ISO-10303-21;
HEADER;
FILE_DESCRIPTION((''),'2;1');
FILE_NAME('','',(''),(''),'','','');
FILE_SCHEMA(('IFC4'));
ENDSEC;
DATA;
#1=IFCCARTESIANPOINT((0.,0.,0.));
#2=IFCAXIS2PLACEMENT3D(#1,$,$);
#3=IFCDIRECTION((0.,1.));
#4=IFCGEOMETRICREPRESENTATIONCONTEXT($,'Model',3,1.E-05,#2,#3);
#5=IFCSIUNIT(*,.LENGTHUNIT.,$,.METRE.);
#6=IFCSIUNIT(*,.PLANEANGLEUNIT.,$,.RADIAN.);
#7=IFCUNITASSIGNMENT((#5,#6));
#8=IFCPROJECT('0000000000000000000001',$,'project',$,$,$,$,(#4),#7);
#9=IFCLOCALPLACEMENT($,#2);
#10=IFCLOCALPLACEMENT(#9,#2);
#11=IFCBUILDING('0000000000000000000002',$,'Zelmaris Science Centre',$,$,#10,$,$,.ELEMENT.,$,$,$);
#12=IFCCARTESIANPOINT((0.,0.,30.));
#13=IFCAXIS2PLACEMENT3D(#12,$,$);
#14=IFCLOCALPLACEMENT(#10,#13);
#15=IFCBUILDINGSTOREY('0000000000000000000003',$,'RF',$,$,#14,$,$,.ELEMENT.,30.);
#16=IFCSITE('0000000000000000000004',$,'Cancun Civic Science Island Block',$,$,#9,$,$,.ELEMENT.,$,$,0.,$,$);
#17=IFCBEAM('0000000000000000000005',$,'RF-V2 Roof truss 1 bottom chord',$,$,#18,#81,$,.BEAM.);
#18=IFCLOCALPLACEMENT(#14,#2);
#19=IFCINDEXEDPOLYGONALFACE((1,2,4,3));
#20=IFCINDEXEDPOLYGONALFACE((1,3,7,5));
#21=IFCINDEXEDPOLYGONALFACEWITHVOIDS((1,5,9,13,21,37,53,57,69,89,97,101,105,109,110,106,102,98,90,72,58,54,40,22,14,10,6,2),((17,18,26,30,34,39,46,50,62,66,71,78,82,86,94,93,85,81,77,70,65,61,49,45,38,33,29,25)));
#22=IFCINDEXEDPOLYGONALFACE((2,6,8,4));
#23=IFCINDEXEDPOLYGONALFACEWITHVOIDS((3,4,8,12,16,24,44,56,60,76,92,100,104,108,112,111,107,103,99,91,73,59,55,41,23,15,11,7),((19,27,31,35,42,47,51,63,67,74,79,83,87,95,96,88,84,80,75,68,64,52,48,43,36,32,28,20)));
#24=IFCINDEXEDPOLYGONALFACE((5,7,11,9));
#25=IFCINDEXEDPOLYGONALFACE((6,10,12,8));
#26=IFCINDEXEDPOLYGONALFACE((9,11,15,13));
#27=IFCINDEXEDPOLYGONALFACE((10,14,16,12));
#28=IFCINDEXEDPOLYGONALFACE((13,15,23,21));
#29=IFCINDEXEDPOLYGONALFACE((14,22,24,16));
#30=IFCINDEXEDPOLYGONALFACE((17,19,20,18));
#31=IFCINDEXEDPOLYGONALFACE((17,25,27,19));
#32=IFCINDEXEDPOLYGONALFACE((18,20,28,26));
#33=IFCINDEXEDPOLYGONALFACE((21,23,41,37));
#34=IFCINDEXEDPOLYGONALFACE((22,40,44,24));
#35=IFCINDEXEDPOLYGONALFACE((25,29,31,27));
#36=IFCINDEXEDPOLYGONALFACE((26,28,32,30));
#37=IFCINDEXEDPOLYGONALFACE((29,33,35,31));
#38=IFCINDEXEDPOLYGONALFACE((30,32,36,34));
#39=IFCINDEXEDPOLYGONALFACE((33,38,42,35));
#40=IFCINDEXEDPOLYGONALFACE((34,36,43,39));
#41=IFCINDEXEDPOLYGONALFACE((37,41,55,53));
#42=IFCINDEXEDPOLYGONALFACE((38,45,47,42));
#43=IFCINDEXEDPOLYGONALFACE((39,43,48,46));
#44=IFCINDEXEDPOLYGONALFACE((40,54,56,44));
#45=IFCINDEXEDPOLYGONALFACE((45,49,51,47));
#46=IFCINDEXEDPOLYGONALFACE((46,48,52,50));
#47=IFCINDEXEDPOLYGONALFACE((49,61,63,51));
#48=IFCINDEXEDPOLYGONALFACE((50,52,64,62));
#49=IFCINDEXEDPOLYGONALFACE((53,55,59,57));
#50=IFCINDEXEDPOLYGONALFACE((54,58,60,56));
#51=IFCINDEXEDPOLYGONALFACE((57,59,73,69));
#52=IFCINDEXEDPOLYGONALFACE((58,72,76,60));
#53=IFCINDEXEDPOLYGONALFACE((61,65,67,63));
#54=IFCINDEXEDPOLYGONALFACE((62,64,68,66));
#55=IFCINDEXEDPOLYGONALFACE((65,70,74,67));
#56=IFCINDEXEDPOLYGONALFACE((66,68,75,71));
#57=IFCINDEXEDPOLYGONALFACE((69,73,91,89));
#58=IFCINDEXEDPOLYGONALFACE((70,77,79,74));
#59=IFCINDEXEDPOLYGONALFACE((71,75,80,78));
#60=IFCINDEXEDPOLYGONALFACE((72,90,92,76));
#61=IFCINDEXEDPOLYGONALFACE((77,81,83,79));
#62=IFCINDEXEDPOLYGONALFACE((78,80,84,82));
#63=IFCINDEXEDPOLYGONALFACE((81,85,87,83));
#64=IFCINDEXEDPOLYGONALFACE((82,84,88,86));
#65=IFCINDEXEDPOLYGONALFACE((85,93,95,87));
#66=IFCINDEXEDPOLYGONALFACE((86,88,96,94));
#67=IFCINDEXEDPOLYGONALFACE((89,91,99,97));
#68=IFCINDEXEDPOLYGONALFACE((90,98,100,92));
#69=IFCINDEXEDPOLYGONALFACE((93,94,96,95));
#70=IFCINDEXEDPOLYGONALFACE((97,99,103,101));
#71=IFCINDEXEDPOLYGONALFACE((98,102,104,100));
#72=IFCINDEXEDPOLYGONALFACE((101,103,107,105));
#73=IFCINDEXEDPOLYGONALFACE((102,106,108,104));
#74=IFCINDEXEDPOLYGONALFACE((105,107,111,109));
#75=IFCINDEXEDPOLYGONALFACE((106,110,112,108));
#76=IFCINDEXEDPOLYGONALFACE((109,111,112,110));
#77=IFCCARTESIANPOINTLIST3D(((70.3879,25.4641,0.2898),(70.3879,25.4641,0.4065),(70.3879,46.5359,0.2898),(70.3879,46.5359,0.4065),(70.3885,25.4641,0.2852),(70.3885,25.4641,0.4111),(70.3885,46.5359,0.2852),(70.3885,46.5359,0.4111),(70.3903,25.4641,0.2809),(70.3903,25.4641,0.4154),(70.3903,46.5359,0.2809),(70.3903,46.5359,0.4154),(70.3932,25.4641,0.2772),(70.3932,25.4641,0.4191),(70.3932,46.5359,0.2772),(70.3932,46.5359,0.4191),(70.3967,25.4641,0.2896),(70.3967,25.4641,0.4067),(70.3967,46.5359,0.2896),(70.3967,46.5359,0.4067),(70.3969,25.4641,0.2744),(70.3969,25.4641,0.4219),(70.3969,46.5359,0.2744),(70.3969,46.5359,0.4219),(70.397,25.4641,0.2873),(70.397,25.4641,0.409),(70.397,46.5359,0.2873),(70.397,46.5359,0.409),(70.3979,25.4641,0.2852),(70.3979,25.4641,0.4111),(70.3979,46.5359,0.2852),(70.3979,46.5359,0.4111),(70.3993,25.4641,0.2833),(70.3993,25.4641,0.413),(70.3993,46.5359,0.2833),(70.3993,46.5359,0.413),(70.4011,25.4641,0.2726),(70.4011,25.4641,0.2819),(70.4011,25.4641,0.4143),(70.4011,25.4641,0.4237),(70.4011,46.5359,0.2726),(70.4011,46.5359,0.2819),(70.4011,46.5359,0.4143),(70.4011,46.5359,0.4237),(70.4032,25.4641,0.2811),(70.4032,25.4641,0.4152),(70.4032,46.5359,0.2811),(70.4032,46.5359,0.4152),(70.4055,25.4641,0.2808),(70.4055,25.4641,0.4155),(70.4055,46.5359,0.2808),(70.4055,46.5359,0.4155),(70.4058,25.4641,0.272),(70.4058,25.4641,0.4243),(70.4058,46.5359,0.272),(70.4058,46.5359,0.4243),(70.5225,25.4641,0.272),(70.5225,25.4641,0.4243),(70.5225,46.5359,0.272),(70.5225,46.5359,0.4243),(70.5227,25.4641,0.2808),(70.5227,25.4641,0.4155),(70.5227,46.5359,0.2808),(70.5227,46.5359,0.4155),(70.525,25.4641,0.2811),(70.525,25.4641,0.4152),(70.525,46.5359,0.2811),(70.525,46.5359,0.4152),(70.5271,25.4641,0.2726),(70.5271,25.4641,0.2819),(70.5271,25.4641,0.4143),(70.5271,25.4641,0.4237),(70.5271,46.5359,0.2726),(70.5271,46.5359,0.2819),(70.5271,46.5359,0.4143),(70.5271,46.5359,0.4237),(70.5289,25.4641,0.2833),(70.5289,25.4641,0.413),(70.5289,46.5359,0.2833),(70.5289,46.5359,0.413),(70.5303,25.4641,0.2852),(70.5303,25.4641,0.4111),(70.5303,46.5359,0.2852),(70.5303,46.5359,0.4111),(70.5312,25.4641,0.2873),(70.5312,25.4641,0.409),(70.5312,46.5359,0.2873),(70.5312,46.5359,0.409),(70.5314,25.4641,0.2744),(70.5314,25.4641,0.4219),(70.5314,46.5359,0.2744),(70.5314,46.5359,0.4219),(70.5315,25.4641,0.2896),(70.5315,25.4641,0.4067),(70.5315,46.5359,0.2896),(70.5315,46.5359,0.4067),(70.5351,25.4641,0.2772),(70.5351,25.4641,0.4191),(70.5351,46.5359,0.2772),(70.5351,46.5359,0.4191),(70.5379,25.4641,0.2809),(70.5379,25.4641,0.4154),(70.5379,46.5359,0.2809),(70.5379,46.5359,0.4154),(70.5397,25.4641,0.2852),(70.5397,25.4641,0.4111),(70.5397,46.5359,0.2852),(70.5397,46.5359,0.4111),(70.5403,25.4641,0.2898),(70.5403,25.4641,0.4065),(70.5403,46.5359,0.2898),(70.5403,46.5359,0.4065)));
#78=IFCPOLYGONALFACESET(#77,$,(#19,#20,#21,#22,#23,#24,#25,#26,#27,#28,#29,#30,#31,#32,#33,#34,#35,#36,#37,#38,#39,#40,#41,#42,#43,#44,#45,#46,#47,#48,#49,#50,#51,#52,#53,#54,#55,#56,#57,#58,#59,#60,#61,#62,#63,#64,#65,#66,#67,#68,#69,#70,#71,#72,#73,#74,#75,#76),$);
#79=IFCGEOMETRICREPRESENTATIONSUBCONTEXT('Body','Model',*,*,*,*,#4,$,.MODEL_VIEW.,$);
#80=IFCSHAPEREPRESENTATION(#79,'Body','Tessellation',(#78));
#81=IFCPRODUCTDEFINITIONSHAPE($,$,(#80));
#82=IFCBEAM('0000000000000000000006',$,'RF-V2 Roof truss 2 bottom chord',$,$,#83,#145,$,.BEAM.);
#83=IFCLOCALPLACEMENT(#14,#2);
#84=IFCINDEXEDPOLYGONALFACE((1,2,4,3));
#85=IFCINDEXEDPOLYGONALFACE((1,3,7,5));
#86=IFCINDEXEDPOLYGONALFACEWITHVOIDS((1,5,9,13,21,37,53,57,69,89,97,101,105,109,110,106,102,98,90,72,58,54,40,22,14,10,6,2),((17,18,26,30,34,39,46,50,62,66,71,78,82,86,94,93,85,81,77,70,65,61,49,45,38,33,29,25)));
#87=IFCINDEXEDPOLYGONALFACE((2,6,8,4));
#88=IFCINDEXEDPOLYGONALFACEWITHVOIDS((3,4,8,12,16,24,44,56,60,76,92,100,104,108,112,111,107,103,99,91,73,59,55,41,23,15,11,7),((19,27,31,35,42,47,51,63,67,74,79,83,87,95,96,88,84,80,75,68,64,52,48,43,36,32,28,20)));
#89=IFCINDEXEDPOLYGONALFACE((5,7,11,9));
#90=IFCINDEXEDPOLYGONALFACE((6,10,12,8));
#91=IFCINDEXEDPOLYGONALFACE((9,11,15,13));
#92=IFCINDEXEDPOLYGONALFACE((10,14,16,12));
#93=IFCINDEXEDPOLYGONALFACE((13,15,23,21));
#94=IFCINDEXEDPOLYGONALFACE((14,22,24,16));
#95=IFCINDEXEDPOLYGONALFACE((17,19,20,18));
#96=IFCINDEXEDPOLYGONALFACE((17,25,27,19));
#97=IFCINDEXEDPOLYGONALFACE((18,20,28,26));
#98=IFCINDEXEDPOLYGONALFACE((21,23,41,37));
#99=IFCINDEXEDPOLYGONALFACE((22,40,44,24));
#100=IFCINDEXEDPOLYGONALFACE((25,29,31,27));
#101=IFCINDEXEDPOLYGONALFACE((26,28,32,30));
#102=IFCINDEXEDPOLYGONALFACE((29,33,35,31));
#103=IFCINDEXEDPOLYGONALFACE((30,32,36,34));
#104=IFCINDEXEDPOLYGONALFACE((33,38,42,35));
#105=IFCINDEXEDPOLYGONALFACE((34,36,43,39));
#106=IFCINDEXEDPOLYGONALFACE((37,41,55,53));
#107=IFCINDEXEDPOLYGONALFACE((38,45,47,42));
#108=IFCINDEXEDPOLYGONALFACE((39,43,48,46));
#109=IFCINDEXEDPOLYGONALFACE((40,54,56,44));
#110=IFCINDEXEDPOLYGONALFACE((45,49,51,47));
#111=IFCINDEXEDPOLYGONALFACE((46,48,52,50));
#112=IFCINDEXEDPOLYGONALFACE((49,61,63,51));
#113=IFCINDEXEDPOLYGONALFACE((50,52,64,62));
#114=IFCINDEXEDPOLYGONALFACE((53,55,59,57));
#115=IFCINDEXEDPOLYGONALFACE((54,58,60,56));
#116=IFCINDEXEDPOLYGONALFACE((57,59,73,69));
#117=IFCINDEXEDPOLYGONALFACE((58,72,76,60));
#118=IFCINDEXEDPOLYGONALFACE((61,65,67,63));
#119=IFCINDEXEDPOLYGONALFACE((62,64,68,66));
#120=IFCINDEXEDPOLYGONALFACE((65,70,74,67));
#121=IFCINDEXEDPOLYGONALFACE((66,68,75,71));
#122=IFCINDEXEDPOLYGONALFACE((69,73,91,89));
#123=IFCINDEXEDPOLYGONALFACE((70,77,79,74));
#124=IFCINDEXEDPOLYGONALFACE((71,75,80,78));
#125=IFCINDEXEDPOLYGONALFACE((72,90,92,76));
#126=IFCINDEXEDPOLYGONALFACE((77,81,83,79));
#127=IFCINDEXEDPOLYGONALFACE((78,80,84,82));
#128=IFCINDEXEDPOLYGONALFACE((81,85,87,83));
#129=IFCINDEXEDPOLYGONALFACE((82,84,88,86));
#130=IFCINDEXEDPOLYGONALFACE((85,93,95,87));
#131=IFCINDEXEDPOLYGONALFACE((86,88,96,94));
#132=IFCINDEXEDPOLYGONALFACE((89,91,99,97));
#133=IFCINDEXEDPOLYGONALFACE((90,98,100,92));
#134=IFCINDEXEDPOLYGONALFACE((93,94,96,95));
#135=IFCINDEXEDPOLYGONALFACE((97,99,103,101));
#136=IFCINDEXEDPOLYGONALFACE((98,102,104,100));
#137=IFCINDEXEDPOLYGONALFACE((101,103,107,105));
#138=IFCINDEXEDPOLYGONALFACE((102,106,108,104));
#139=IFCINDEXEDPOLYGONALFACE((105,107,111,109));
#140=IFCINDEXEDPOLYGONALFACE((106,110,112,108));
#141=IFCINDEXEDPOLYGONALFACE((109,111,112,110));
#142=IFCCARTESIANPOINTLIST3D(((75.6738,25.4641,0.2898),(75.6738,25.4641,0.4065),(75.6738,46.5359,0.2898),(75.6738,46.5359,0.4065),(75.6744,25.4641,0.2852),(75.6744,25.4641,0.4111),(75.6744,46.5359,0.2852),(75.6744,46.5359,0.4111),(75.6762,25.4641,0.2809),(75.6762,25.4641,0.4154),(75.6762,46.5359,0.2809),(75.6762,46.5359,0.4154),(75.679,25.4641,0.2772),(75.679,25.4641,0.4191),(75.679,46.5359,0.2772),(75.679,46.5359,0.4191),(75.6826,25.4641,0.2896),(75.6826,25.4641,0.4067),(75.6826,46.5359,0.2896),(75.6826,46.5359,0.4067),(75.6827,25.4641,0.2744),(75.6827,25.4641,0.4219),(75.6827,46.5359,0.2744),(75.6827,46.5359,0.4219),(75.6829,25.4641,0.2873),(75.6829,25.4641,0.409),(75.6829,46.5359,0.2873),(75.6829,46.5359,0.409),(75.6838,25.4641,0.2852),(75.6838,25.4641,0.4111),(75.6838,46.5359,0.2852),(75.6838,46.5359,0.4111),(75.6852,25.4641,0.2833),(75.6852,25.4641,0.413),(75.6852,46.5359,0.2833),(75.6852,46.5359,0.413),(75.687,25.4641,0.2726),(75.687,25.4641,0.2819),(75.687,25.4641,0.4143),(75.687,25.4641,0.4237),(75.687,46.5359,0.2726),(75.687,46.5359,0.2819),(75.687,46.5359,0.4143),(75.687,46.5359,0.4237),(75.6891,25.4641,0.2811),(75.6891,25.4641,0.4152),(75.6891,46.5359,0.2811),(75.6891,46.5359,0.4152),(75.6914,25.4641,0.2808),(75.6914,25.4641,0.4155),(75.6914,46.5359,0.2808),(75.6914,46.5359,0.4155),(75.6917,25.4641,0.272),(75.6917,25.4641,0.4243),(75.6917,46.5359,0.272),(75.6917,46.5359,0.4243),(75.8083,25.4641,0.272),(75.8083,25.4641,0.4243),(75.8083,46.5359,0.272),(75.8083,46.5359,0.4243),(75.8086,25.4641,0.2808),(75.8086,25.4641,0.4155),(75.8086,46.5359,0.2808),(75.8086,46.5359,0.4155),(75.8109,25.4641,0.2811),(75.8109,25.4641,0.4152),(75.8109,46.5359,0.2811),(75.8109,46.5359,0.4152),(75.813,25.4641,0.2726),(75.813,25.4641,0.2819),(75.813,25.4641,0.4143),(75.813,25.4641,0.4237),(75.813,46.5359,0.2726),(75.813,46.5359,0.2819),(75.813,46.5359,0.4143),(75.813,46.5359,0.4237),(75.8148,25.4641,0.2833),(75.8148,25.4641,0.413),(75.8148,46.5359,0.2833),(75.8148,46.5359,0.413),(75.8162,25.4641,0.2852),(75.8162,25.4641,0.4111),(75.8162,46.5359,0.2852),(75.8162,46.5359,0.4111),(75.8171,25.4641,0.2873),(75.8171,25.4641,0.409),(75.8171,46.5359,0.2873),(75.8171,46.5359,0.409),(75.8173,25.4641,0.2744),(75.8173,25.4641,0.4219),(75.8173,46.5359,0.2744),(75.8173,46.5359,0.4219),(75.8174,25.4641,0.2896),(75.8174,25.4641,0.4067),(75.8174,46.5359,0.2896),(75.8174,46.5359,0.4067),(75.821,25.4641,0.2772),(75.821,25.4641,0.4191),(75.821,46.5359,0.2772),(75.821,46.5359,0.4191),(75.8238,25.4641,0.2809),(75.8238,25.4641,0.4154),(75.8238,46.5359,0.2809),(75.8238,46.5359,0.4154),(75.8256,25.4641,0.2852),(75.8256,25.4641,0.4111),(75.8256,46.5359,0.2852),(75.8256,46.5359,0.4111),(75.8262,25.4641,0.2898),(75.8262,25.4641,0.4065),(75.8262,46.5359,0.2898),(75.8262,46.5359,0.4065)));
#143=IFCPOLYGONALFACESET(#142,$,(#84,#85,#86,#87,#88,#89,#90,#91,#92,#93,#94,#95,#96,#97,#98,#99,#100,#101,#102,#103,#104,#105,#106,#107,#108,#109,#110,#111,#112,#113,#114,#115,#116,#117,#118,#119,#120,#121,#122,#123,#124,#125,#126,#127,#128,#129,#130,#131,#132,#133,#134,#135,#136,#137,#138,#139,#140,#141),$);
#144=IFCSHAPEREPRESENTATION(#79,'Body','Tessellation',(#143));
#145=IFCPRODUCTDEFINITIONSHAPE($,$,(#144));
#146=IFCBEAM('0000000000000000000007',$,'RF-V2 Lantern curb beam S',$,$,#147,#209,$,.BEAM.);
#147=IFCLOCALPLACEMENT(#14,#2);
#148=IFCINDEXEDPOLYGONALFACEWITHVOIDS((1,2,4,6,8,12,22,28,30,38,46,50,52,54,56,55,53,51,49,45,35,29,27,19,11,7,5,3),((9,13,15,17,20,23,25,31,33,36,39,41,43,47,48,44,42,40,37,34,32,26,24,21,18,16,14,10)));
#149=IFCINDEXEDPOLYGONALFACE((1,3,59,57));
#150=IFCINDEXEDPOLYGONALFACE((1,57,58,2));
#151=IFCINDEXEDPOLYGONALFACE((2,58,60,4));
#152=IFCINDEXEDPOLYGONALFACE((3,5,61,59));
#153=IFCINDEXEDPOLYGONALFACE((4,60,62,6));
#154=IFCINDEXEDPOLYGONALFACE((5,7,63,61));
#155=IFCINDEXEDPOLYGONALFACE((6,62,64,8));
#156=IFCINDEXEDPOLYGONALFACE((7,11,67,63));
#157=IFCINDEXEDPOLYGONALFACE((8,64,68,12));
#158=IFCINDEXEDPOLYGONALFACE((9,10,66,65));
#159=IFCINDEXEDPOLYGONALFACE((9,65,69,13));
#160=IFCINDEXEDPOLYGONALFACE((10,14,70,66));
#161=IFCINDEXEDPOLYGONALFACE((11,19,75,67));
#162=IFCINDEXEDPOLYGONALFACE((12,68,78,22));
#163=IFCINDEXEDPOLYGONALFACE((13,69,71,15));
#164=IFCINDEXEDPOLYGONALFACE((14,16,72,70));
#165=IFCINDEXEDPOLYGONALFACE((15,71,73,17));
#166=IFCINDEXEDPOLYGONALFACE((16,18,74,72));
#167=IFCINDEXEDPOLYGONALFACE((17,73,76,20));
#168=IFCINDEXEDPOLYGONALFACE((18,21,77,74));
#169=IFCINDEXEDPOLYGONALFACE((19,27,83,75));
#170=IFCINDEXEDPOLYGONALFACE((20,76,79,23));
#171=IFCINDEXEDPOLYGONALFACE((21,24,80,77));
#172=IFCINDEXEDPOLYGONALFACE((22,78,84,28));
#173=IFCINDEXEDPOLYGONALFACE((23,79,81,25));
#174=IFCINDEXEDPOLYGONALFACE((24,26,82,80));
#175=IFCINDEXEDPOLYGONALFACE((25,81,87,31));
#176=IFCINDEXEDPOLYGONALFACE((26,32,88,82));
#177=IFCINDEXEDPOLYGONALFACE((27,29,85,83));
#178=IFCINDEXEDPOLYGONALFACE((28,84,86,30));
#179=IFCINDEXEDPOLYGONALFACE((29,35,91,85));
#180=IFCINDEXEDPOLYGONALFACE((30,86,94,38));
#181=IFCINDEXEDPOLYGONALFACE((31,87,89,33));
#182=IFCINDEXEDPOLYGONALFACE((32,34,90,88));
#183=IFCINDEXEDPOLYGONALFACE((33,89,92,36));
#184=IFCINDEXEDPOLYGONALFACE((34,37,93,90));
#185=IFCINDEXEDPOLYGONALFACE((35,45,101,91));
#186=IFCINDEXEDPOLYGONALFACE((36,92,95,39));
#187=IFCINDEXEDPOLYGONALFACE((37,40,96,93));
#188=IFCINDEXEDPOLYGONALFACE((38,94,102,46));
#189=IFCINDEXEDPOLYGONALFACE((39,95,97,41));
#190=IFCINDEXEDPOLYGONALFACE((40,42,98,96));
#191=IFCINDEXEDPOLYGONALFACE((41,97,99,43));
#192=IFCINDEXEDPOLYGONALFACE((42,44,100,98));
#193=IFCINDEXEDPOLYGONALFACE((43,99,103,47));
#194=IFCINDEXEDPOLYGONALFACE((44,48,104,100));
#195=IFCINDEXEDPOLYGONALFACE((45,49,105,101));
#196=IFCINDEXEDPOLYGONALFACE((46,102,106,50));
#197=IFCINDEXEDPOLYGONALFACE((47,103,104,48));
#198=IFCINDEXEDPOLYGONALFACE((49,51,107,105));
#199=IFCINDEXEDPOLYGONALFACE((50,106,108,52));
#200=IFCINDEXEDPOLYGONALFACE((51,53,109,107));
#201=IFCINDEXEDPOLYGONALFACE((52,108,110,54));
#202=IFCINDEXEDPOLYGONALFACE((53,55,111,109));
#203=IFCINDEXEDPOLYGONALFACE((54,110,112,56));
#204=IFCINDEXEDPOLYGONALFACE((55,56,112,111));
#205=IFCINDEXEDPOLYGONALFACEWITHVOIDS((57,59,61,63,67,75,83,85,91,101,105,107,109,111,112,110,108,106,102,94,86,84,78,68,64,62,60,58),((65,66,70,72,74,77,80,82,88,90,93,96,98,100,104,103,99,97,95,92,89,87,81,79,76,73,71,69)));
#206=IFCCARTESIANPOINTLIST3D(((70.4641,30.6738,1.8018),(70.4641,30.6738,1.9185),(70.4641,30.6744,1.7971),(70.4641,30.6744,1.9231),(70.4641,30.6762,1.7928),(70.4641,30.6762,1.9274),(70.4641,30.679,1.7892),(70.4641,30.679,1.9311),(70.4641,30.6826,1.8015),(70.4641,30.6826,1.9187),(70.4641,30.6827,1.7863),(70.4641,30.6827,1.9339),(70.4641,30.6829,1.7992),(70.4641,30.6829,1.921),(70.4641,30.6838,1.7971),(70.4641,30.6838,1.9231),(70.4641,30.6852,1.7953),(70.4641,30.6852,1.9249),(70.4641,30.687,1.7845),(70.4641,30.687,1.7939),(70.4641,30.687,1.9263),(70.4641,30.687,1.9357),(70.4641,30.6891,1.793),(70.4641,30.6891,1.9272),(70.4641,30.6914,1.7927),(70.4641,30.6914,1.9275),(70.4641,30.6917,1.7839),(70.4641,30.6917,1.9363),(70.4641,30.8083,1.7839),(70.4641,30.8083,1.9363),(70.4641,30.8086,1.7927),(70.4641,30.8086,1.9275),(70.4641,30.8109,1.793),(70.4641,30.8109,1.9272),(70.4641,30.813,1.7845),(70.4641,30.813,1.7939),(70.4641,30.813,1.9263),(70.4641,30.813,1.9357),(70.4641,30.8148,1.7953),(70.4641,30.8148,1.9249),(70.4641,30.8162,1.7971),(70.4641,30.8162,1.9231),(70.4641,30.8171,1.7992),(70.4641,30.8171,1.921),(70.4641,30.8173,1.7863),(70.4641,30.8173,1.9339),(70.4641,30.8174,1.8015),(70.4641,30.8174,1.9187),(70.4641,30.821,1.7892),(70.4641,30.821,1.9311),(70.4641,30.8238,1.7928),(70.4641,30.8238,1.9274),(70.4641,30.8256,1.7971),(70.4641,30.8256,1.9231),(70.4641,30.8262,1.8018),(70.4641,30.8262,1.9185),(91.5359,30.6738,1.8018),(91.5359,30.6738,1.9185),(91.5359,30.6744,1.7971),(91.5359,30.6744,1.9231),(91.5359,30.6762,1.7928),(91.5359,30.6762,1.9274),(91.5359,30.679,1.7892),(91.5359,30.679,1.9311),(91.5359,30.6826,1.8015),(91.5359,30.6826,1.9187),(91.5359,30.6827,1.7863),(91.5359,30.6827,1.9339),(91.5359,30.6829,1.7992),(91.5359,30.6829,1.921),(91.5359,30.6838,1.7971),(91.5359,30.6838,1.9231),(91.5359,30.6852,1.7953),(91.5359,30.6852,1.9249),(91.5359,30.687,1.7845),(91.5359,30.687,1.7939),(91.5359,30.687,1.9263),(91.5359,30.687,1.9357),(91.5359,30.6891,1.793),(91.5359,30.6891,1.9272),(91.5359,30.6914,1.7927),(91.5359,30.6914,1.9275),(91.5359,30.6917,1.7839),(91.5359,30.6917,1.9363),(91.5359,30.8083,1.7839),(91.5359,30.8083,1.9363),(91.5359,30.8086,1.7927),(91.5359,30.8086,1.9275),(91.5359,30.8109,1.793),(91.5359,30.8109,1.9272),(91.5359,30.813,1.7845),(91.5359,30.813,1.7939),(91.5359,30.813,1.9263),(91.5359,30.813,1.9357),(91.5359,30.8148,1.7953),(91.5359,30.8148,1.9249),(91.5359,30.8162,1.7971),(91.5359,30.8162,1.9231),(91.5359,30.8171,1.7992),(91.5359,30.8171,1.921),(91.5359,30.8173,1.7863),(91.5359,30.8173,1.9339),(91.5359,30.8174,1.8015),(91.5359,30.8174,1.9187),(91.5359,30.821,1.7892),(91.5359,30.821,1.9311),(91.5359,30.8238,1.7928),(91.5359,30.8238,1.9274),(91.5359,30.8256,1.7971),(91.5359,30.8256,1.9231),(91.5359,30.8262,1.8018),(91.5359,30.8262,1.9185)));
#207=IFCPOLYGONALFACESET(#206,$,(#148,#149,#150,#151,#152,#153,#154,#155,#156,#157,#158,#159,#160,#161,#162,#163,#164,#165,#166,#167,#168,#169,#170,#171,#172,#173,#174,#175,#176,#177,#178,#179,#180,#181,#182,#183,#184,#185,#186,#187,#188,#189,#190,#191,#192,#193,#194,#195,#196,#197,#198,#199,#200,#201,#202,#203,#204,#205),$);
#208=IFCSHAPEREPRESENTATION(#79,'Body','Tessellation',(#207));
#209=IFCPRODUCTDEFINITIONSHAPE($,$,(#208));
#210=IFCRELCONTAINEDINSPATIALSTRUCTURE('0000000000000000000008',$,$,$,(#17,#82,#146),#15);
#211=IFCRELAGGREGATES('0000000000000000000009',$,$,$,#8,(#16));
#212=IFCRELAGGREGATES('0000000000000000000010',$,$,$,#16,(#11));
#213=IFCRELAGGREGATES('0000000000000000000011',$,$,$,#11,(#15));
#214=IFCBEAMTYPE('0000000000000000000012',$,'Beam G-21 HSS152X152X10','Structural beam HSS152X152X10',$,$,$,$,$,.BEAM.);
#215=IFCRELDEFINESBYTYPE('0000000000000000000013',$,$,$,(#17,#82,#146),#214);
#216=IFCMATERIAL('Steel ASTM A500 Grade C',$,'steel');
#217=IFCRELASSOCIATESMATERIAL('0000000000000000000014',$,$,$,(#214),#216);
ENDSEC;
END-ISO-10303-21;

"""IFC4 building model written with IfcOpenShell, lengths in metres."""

from ifc_helpers import new_model, si_unit, direction, frame, origin, origin_2d, place, context, subcontext, project, spatial, hollow_rectangle, extrude, material, material_profile, profile_set, type_object, element, save


model = new_model("IFC4")

# Units and contexts
model_context = context("Model", 3, precision=1e-05, world=origin(), true_north=direction((0.0, 1.0)))
body_context = subcontext(model_context, "Body", "Model", "MODEL_VIEW")
ifc_project = project(units=[si_unit("LENGTHUNIT", "METRE"), si_unit("PLANEANGLEUNIT", "RADIAN")], contexts=[model_context])

# Site, building, storey
site_placement = place(None, origin())
site = spatial("IfcSite", under=ifc_project, at=site_placement, Name="Cancun Civic Science Island Block", CompositionType="ELEMENT", RefElevation=0.0)
building_placement = place(site_placement, origin())
building = spatial("IfcBuilding", under=site, at=building_placement, Name="Zelmaris Science Centre", CompositionType="ELEMENT")
storey_placement = place(building_placement, frame((0.0, 0.0, 30.0)))
storey = spatial("IfcBuildingStorey", under=building, at=storey_placement, Name="RF", CompositionType="ELEMENT", Elevation=30.0)

# Beams
ifc_material_1 = material(Name="Steel ASTM A500 Grade C", Category="steel")
ifc_material_profile_1 = material_profile(ifc_material_1, hollow_rectangle(XDim=0.1523, YDim=0.1523, WallThickness=0.0088, InnerFilletRadius=0.0088, OuterFilletRadius=0.0178, at=origin_2d()), Name="HSS152X152X10")
ifc_profile_set_1 = profile_set([ifc_material_profile_1], Name="Steel ASTM A500 Grade C")
beam_type_1 = type_object("IfcBeamType", Name="Beam G-21 HSS152X152X10", Description="Structural beam HSS152X152X10", PredefinedType="BEAM", material=ifc_profile_set_1)
for number, where, z_axis, x_axis, name in (
    (1, (70.4641, 25.4641, 0.3481), (0.0, 1.0, 0.0), (-1.0, 0.0, 0.0), "RF-V2 Roof truss 1 bottom chord"),
    (2, (75.75, 25.4641, 0.3481), (0.0, 1.0, 0.0), (-1.0, 0.0, 0.0), "RF-V2 Roof truss 2 bottom chord"),
    (3, (70.4641, 30.75, 1.8601), (1.0, 0.0, 0.0), (0.0, 1.0, 0.0), "RF-V2 Lantern curb beam S"),
):
    element("IfcBeam", number, at=place(storey_placement, frame(where, z_axis=z_axis, x_axis=x_axis)), inside=storey, type_object=beam_type_1, Name=name, PredefinedType="BEAM", context=body_context, shape_type="SweptSolid", body=[
        extrude(hollow_rectangle(XDim=0.1523, YDim=0.1523, WallThickness=0.0088, InnerFilletRadius=0.0088, OuterFilletRadius=0.0178, at=origin_2d()), origin(), (0.0, 0.0, 1.0), 21.0718),
    ])

save(model, "model.ifc")
